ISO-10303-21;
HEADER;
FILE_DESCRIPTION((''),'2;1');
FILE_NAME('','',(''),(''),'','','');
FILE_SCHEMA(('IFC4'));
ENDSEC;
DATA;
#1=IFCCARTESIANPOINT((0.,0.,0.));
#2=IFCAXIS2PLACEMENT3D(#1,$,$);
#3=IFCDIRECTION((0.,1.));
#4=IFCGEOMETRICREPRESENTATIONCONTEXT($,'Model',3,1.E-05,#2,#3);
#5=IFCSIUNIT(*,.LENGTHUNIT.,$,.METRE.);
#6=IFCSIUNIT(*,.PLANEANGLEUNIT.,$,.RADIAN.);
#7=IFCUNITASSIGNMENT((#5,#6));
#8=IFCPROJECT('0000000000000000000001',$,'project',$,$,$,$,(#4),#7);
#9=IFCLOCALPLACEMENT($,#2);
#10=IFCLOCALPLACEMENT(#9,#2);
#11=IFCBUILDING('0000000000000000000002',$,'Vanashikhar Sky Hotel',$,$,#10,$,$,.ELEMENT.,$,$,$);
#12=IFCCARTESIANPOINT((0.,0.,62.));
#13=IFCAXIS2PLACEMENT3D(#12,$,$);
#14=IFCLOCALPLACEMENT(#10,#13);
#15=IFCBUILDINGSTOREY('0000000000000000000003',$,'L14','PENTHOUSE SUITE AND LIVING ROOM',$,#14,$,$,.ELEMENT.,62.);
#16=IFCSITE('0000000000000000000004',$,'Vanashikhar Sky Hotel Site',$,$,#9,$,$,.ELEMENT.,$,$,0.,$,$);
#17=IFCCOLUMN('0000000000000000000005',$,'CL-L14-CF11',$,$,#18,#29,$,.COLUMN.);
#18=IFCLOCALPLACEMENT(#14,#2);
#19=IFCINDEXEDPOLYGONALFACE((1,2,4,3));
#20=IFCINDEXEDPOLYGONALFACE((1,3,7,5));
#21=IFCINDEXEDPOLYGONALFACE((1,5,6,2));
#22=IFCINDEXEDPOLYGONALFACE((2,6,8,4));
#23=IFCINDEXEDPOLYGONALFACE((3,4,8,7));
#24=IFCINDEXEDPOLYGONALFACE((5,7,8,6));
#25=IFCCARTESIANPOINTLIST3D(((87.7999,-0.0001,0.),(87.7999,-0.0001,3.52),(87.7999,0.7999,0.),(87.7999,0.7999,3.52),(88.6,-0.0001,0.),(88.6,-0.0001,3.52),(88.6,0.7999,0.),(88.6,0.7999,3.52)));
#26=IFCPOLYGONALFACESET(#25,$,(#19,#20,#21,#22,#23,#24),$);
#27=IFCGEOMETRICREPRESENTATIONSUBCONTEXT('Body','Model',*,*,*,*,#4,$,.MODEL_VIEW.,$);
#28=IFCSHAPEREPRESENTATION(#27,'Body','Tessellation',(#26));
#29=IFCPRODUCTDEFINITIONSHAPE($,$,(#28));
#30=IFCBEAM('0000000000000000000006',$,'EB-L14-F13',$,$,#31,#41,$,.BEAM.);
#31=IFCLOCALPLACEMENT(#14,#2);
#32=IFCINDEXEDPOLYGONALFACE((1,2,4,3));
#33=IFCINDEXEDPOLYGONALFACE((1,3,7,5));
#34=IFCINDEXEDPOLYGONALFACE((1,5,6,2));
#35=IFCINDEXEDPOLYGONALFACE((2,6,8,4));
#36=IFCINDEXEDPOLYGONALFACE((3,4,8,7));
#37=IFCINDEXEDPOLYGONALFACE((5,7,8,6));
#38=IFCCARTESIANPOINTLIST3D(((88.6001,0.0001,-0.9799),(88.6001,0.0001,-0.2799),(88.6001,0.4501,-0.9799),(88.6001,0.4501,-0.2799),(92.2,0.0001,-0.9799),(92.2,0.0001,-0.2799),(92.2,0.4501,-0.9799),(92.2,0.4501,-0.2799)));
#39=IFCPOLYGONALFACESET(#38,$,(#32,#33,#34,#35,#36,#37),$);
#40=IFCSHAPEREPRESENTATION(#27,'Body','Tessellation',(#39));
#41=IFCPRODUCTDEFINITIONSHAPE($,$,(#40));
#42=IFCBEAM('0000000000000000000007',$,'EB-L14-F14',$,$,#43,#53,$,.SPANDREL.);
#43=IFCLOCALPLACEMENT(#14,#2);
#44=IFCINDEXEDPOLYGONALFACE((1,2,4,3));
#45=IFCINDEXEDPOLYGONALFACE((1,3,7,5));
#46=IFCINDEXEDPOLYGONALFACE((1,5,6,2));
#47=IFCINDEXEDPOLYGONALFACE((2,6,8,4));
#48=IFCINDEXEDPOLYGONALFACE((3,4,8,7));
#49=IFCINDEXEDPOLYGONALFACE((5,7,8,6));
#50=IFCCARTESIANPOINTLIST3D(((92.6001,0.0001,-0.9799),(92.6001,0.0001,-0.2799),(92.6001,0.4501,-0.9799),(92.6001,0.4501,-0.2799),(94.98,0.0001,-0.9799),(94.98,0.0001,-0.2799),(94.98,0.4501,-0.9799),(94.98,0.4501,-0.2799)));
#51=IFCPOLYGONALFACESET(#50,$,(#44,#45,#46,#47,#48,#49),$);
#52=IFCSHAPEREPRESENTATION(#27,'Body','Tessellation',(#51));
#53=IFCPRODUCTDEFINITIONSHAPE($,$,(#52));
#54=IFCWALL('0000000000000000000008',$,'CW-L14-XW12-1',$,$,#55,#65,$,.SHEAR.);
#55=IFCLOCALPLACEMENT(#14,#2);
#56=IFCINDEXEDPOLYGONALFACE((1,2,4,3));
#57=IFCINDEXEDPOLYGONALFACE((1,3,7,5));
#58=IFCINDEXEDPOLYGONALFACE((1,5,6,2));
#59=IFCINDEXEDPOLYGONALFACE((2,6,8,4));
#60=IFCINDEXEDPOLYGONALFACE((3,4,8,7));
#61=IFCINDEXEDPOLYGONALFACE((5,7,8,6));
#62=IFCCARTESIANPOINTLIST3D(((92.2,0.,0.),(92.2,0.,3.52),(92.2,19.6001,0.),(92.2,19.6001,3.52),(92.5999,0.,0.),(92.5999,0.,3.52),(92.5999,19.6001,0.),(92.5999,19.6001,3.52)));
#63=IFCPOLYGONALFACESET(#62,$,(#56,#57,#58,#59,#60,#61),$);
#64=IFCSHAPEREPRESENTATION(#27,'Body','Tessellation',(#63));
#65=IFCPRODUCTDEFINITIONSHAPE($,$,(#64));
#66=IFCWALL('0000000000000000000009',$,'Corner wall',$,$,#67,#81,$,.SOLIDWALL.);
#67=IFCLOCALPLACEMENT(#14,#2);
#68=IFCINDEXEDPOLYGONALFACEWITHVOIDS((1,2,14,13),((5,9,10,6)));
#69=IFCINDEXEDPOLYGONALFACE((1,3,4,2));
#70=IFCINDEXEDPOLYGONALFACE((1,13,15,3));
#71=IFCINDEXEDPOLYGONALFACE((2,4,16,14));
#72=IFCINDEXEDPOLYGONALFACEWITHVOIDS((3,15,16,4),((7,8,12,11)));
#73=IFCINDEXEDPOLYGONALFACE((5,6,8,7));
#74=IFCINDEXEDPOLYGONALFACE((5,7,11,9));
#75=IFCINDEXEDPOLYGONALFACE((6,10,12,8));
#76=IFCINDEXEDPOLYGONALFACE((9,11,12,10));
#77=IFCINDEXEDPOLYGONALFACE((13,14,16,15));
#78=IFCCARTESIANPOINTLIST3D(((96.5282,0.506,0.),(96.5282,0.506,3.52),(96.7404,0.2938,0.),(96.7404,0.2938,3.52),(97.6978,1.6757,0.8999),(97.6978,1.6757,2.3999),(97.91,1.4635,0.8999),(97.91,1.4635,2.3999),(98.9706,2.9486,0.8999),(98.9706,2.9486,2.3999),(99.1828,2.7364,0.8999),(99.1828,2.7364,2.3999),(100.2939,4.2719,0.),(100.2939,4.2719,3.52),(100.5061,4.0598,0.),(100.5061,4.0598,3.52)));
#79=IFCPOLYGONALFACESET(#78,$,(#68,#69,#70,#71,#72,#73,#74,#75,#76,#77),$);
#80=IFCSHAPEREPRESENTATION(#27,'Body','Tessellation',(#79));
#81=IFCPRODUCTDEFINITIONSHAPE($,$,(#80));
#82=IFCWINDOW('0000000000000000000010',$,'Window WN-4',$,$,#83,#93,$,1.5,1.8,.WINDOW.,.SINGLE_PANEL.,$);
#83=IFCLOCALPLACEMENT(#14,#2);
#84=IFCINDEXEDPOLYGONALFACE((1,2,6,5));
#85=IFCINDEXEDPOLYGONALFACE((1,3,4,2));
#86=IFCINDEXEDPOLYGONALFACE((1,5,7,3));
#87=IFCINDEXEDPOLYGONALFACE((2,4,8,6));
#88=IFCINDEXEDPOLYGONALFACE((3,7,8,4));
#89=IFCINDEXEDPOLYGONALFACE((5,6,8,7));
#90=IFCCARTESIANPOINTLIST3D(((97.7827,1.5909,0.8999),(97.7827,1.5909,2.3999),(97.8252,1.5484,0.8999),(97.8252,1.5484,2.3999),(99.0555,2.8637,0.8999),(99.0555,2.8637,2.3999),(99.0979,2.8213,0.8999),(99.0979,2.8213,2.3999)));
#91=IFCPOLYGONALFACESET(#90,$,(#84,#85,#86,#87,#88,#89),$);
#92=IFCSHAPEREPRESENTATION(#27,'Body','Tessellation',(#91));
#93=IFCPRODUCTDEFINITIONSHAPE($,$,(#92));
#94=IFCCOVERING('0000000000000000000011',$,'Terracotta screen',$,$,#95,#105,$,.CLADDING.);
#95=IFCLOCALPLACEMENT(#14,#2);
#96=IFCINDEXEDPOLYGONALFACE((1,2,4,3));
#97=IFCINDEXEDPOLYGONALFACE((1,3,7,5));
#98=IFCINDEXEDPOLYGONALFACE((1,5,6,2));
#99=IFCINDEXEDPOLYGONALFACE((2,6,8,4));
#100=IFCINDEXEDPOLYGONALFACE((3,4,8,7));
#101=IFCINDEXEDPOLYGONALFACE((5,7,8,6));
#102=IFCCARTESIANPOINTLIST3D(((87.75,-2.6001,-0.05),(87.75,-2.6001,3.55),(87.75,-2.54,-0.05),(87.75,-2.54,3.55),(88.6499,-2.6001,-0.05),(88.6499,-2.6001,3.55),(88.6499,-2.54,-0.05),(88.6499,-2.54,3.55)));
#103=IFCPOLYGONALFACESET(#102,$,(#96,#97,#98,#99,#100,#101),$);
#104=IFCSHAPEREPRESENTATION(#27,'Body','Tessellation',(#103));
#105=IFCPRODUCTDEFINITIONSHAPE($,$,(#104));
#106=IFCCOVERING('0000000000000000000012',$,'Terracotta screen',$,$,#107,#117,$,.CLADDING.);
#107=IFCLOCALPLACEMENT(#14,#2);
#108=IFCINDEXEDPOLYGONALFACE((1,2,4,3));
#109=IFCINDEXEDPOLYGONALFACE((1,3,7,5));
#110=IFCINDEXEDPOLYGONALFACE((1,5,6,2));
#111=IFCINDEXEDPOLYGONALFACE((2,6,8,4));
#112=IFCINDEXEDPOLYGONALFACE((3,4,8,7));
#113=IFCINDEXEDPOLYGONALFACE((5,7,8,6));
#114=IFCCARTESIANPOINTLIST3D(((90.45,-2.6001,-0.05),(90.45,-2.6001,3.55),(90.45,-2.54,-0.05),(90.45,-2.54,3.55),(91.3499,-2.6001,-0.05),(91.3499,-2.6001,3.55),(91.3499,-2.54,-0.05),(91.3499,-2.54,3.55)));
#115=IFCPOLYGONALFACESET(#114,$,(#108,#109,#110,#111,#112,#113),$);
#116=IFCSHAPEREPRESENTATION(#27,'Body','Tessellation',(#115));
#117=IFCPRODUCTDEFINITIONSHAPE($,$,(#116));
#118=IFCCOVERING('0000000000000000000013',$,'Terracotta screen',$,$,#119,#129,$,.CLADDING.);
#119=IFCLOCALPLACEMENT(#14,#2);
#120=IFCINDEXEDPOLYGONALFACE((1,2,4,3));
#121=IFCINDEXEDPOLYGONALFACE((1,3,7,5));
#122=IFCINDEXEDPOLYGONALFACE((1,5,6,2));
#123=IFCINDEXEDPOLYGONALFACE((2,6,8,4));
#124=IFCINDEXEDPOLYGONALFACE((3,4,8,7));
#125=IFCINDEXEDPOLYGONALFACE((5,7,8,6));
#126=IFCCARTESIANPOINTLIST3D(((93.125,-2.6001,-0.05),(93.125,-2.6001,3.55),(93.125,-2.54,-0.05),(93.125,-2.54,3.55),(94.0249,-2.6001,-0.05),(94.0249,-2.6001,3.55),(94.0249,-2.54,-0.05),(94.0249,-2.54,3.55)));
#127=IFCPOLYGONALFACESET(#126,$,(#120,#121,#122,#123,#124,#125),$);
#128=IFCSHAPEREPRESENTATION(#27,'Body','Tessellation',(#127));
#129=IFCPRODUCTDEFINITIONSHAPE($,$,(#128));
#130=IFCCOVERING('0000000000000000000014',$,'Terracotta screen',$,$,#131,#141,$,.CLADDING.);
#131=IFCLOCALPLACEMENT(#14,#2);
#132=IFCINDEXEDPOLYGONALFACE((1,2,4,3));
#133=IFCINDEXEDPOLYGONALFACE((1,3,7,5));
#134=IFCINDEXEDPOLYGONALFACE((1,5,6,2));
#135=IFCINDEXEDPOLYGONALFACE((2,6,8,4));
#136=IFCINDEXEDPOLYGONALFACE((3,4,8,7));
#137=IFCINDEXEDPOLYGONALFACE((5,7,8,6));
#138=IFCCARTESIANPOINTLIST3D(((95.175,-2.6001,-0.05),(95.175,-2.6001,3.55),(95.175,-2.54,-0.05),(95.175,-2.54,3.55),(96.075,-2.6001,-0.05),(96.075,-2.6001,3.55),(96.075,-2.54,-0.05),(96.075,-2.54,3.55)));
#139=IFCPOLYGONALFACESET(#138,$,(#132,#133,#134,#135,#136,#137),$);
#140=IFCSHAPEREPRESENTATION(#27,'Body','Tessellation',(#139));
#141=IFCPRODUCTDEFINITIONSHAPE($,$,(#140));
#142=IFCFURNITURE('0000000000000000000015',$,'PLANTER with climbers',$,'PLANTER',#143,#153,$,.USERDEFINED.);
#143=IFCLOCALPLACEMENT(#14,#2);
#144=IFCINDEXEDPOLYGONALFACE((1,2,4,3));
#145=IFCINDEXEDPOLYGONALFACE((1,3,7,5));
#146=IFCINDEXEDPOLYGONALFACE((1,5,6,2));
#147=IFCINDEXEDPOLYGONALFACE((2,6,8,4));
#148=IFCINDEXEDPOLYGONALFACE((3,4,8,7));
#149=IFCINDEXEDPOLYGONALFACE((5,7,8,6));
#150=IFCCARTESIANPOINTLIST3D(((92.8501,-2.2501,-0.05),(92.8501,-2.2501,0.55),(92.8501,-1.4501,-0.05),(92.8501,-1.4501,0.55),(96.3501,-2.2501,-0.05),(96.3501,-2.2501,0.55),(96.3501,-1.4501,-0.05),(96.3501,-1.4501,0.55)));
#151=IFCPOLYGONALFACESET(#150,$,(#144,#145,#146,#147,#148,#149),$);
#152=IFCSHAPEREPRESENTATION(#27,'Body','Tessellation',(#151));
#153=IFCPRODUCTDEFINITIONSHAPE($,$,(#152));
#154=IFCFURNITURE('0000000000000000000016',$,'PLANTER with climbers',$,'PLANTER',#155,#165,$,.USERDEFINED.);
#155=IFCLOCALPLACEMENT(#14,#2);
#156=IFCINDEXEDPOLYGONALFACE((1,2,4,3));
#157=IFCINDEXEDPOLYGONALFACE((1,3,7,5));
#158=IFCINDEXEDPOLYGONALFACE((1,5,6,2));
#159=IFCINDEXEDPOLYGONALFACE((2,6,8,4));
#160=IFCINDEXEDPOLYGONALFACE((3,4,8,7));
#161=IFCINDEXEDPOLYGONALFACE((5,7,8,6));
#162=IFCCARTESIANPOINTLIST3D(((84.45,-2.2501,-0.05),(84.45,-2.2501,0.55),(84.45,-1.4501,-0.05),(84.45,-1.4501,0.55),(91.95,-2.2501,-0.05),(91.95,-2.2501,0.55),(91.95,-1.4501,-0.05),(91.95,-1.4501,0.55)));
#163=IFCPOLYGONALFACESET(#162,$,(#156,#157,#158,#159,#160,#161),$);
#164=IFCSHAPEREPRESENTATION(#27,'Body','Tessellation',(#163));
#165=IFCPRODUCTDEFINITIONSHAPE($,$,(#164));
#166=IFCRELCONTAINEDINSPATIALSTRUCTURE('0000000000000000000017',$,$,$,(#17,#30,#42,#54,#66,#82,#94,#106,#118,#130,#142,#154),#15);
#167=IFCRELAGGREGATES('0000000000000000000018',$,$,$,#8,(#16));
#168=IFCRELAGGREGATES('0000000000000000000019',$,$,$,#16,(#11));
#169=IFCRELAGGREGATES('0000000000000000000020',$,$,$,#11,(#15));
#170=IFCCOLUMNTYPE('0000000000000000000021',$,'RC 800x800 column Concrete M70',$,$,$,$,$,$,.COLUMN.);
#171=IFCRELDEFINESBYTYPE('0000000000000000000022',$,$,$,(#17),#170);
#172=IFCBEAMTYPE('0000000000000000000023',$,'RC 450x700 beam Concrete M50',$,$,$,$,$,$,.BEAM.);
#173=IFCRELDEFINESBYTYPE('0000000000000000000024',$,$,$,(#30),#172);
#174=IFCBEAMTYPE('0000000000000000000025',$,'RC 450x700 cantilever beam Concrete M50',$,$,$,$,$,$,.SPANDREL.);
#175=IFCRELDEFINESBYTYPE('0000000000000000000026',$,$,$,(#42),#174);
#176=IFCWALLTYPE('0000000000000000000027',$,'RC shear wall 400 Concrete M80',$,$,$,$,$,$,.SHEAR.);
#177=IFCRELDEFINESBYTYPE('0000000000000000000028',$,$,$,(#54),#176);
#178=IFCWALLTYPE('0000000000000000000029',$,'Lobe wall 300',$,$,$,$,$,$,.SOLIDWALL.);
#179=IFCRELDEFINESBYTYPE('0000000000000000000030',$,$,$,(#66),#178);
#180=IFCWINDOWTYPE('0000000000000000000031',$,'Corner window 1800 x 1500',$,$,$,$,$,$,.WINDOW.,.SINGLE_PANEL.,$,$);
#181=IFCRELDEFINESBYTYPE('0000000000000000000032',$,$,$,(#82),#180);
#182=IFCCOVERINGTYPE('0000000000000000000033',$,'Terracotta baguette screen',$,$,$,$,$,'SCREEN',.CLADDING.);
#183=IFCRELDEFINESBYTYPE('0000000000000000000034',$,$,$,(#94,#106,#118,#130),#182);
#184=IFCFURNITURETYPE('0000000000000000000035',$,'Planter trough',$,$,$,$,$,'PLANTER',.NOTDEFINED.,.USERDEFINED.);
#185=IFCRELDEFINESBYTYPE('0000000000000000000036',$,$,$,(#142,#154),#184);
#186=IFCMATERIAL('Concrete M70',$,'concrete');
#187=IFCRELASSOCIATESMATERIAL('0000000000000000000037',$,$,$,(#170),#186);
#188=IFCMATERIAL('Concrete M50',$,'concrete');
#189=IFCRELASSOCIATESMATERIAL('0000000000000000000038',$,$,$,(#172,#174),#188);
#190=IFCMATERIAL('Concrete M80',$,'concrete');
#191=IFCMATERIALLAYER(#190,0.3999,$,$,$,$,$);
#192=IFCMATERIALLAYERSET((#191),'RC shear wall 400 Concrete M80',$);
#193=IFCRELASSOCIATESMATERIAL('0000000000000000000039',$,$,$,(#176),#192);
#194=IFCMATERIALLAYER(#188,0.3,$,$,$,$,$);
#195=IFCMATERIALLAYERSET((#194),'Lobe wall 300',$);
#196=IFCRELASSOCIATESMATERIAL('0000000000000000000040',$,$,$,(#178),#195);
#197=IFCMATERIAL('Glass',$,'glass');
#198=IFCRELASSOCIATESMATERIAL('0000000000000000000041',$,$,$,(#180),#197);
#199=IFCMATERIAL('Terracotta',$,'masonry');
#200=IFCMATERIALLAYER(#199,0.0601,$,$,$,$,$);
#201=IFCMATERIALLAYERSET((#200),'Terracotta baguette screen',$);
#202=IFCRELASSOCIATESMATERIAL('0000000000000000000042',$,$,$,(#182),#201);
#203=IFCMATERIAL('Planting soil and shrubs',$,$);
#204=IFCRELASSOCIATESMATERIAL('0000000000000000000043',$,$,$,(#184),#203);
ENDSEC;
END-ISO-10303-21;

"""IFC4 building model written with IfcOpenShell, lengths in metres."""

from ifc_helpers import new_model, si_unit, direction, frame, frame_2d, origin, origin_2d, place, context, subcontext, project, spatial, rectangle, extrude, source, transform, mapped, material, layer, layer_set, material_profile, profile_set, type_object, element, fill, save


model = new_model("IFC4")

# Units and contexts
model_context = context("Model", 3, precision=1e-05, world=origin(), true_north=direction((0.0, 1.0)))
body_context = subcontext(model_context, "Body", "Model", "MODEL_VIEW")
ifc_project = project(units=[si_unit("LENGTHUNIT", "METRE"), si_unit("PLANEANGLEUNIT", "RADIAN")], contexts=[model_context])

# Site, building, storey
site_placement = place(None, origin())
site = spatial("IfcSite", under=ifc_project, at=site_placement, Name="Vanashikhar Sky Hotel Site", CompositionType="ELEMENT", RefElevation=0.0)
building_placement = place(site_placement, origin())
building = spatial("IfcBuilding", under=site, at=building_placement, Name="Vanashikhar Sky Hotel", CompositionType="ELEMENT")
storey_placement = place(building_placement, frame((0.0, 0.0, 62.0)))
storey = spatial("IfcBuildingStorey", under=building, at=storey_placement, Name="L14", Description="PENTHOUSE SUITE AND LIVING ROOM", CompositionType="ELEMENT", Elevation=62.0)

# Column
ifc_material_1 = material(Name="Concrete M70", Category="concrete")
ifc_material_profile_1 = material_profile(ifc_material_1, rectangle(XDim=0.8, YDim=0.8, at=origin_2d()))
ifc_profile_set_1 = profile_set([ifc_material_profile_1], Name="RC 800x800 column Concrete M70")
column_type = type_object("IfcColumnType", Name="RC 800x800 column Concrete M70", PredefinedType="COLUMN", material=ifc_profile_set_1)
shared_shape_1 = source(origin(), body_context, "Body", "SweptSolid", [
    extrude(rectangle(XDim=0.8, YDim=0.8, at=origin_2d()), origin(), (0.0, 0.0, 1.0), 3.52),
])
column_placement = place(storey_placement, frame((88.2, 0.3999, 0.0), z_axis=(0.0, 0.0, 1.0), x_axis=(1.0, 0.0, 0.0)))
element("IfcColumn", 1, at=column_placement, inside=storey, type_object=column_type, Name="CL-L14-CF11", PredefinedType="COLUMN", context=body_context, shape_type="MappedRepresentation", body=[
    mapped(shared_shape_1, transform((0.0, 0.0, 0.0), scale=1.0)),
])

# Beams
ifc_material_2 = material(Name="Concrete M50", Category="concrete")
ifc_material_profile_2 = material_profile(ifc_material_2, rectangle(XDim=0.45, YDim=0.7, at=origin_2d()))
ifc_profile_set_2 = profile_set([ifc_material_profile_2], Name="RC 450x700 beam Concrete M50")
beam_type_1 = type_object("IfcBeamType", Name="RC 450x700 beam Concrete M50", PredefinedType="BEAM", material=ifc_profile_set_2)
shared_shape_2 = source(origin(), body_context, "Body", "SweptSolid", [
    extrude(rectangle(XDim=0.45, YDim=0.7, at=origin_2d()), origin(), (0.0, 0.0, 1.0), 3.5999),
])
beam_1_placement = place(storey_placement, frame((88.6001, 0.2251, -0.6299), z_axis=(1.0, 0.0, 0.0), x_axis=(0.0, 1.0, 0.0)))
element("IfcBeam", 2, at=beam_1_placement, inside=storey, type_object=beam_type_1, Name="EB-L14-F13", PredefinedType="BEAM", context=body_context, shape_type="MappedRepresentation", body=[
    mapped(shared_shape_2, transform((0.0, 0.0, 0.0), scale=1.0)),
])
ifc_material_profile_3 = material_profile(ifc_material_2, rectangle(XDim=0.45, YDim=0.7, at=origin_2d()))
ifc_profile_set_3 = profile_set([ifc_material_profile_3], Name="RC 450x700 cantilever beam Concrete M50")
beam_type_2 = type_object("IfcBeamType", Name="RC 450x700 cantilever beam Concrete M50", PredefinedType="SPANDREL", material=ifc_profile_set_3)
shared_shape_3 = source(origin(), body_context, "Body", "SweptSolid", [
    extrude(rectangle(XDim=0.45, YDim=0.7, at=origin_2d()), origin(), (0.0, 0.0, 1.0), 2.3799),
])
beam_2_placement = place(storey_placement, frame((92.6001, 0.2251, -0.6299), z_axis=(1.0, 0.0, 0.0), x_axis=(0.0, 1.0, 0.0)))
element("IfcBeam", 3, at=beam_2_placement, inside=storey, type_object=beam_type_2, Name="EB-L14-F14", PredefinedType="SPANDREL", context=body_context, shape_type="MappedRepresentation", body=[
    mapped(shared_shape_3, transform((0.0, 0.0, 0.0), scale=1.0)),
])

# Wall
ifc_material_3 = material(Name="Concrete M80", Category="concrete")
ifc_layer_1 = layer(ifc_material_3, 0.3999)
ifc_layer_set_1 = layer_set([ifc_layer_1], Name="RC shear wall 400 Concrete M80")
wall_type_1 = type_object("IfcWallType", Name="RC shear wall 400 Concrete M80", PredefinedType="SHEAR", material=ifc_layer_set_1)
shared_shape_4 = source(origin(), body_context, "Body", "SweptSolid", [
    extrude(rectangle(XDim=19.6001, YDim=0.3999, at=frame_2d((9.8, 0.0))), origin(), (0.0, 0.0, 1.0), 3.52),
])
wall_1_placement = place(storey_placement, frame((92.3999, 0.0, 0.0), z_axis=(0.0, 0.0, 1.0), x_axis=(0.0, 1.0, 0.0)))
element("IfcWall", 4, at=wall_1_placement, inside=storey, type_object=wall_type_1, Name="CW-L14-XW12-1", PredefinedType="SHEAR", context=body_context, shape_type="MappedRepresentation", body=[
    mapped(shared_shape_4, transform((0.0, 0.0, 0.0), scale=1.0)),
])

# Wall, opening, window
ifc_layer_2 = layer(ifc_material_2, 0.3)
ifc_layer_set_2 = layer_set([ifc_layer_2], Name="Lobe wall 300")
wall_type_2 = type_object("IfcWallType", Name="Lobe wall 300", PredefinedType="SOLIDWALL", material=ifc_layer_set_2)
shared_shape_5 = source(origin(), body_context, "Body", "SweptSolid", [
    extrude(rectangle(XDim=5.3257, YDim=0.3, at=frame_2d((2.6628, 0.0))), origin(), (0.0, 0.0, 1.0), 3.52),
])
wall_2_placement = place(storey_placement, frame((96.6343, 0.3999, 0.0), z_axis=(0.0, 0.0, 1.0), x_axis=(0.707084, 0.70713, 0.0)))
wall_2 = element("IfcWall", 5, at=wall_2_placement, inside=storey, type_object=wall_type_2, Name="Corner wall", PredefinedType="SOLIDWALL", context=body_context, shape_type="MappedRepresentation", body=[
    mapped(shared_shape_5, transform((0.0, 0.0, 0.0), scale=1.0)),
])
shared_shape_6 = source(origin(), body_context, "Body", "SweptSolid", [
    extrude(rectangle(XDim=1.8, YDim=1.5, at=frame_2d((0.8999, 0.75))), frame((0.0, 0.1602, 0.0), z_axis=(0.0, -1.0, 0.0), x_axis=(1.0, 0.0, 0.0)), (0.0, 0.0, 1.0), 0.3201),
])
opening_1_placement = place(wall_2_placement, frame((1.6543, 0.0, 0.8999)))
opening_1 = element("IfcOpeningElement", 6, at=opening_1_placement, cuts=wall_2, PredefinedType="OPENING", context=body_context, shape_type="MappedRepresentation", body=[
    mapped(shared_shape_6, transform((0.0, 0.0, 0.0), scale=1.0)),
])
ifc_material_4 = material(Name="Glass", Category="glass")
window_type_1 = type_object("IfcWindowType", Name="Corner window 1800 x 1500", PartitioningType="SINGLE_PANEL", PredefinedType="WINDOW", material=ifc_material_4)
shared_shape_7 = source(origin(), body_context, "Body", "SweptSolid", [
    extrude(rectangle(XDim=1.8, YDim=1.5, at=frame_2d((0.8999, 0.75))), frame((0.0, 0.03, 0.0), z_axis=(0.0, -1.0, 0.0), x_axis=(1.0, 0.0, 0.0)), (0.0, 0.0, 1.0), 0.0601),
])
window_1_placement = place(opening_1_placement, origin())
window_1 = element("IfcWindow", 7, at=window_1_placement, inside=storey, type_object=window_type_1, Name="Window WN-4", OverallHeight=1.5, OverallWidth=1.8, PartitioningType="SINGLE_PANEL", PredefinedType="WINDOW", context=body_context, shape_type="MappedRepresentation", body=[
    mapped(shared_shape_7, transform((0.0, 0.0, 0.0), scale=1.0)),
])
fill(opening_1, window_1)

# Coverings
ifc_material_5 = material(Name="Terracotta", Category="masonry")
ifc_layer_3 = layer(ifc_material_5, 0.0601)
ifc_layer_set_3 = layer_set([ifc_layer_3], Name="Terracotta baguette screen")
covering_type = type_object("IfcCoveringType", Name="Terracotta baguette screen", ElementType="SCREEN", PredefinedType="CLADDING", material=ifc_layer_set_3)
shared_shape_8 = source(origin(), body_context, "Body", "SweptSolid", [
    extrude(rectangle(XDim=0.8999, YDim=0.0601, at=origin_2d()), origin(), (0.0, 0.0, 1.0), 3.6001),
])
for number, where, z_axis, x_axis, name in (
    (8, (88.2, -2.5701, -0.05), (0.0, 0.0, 1.0), (1.0, 0.0, 0.0), "Terracotta screen"),
    (9, (90.8999, -2.5701, -0.05), (0.0, 0.0, 1.0), (1.0, 0.0, 0.0), "Terracotta screen"),
    (10, (93.575, -2.5701, -0.05), (0.0, 0.0, 1.0), (1.0, 0.0, 0.0), "Terracotta screen"),
    (11, (95.625, -2.5701, -0.05), (0.0, 0.0, 1.0), (1.0, 0.0, 0.0), "Terracotta screen"),
):
    element("IfcCovering", number, at=place(storey_placement, frame(where, z_axis=z_axis, x_axis=x_axis)), inside=storey, type_object=covering_type, Name=name, PredefinedType="CLADDING", context=body_context, shape_type="MappedRepresentation", body=[
        mapped(shared_shape_8, transform((0.0, 0.0, 0.0), scale=1.0)),
    ])

# Furniture
ifc_material_6 = material(Name="Planting soil and shrubs")
furniture_type = type_object("IfcFurnitureType", Name="Planter trough", ElementType="PLANTER", AssemblyPlace="NOTDEFINED", PredefinedType="USERDEFINED", material=ifc_material_6)
shared_shape_9 = source(origin(), body_context, "Body", "SweptSolid", [
    extrude(rectangle(XDim=3.5, YDim=0.8, at=origin_2d()), origin(), (0.0, 0.0, 1.0), 0.6001),
])
furniture_1_placement = place(storey_placement, frame((94.6001, -1.8501, -0.05), z_axis=(0.0, 0.0, 1.0), x_axis=(1.0, 0.0, 0.0)))
element("IfcFurniture", 12, at=furniture_1_placement, inside=storey, type_object=furniture_type, Name="PLANTER with climbers", ObjectType="PLANTER", PredefinedType="USERDEFINED", context=body_context, shape_type="MappedRepresentation", body=[
    mapped(shared_shape_9, transform((0.0, 0.0, 0.0), scale=1.0)),
])
shared_shape_10 = source(origin(), body_context, "Body", "SweptSolid", [
    extrude(rectangle(XDim=7.5, YDim=0.8, at=origin_2d()), origin(), (0.0, 0.0, 1.0), 0.6001),
])
furniture_2_placement = place(storey_placement, frame((88.2, -1.8501, -0.05), z_axis=(0.0, 0.0, 1.0), x_axis=(1.0, 0.0, 0.0)))
element("IfcFurniture", 13, at=furniture_2_placement, inside=storey, type_object=furniture_type, Name="PLANTER with climbers", ObjectType="PLANTER", PredefinedType="USERDEFINED", context=body_context, shape_type="MappedRepresentation", body=[
    mapped(shared_shape_10, transform((0.0, 0.0, 0.0), scale=1.0)),
])

save(model, "model.ifc")
